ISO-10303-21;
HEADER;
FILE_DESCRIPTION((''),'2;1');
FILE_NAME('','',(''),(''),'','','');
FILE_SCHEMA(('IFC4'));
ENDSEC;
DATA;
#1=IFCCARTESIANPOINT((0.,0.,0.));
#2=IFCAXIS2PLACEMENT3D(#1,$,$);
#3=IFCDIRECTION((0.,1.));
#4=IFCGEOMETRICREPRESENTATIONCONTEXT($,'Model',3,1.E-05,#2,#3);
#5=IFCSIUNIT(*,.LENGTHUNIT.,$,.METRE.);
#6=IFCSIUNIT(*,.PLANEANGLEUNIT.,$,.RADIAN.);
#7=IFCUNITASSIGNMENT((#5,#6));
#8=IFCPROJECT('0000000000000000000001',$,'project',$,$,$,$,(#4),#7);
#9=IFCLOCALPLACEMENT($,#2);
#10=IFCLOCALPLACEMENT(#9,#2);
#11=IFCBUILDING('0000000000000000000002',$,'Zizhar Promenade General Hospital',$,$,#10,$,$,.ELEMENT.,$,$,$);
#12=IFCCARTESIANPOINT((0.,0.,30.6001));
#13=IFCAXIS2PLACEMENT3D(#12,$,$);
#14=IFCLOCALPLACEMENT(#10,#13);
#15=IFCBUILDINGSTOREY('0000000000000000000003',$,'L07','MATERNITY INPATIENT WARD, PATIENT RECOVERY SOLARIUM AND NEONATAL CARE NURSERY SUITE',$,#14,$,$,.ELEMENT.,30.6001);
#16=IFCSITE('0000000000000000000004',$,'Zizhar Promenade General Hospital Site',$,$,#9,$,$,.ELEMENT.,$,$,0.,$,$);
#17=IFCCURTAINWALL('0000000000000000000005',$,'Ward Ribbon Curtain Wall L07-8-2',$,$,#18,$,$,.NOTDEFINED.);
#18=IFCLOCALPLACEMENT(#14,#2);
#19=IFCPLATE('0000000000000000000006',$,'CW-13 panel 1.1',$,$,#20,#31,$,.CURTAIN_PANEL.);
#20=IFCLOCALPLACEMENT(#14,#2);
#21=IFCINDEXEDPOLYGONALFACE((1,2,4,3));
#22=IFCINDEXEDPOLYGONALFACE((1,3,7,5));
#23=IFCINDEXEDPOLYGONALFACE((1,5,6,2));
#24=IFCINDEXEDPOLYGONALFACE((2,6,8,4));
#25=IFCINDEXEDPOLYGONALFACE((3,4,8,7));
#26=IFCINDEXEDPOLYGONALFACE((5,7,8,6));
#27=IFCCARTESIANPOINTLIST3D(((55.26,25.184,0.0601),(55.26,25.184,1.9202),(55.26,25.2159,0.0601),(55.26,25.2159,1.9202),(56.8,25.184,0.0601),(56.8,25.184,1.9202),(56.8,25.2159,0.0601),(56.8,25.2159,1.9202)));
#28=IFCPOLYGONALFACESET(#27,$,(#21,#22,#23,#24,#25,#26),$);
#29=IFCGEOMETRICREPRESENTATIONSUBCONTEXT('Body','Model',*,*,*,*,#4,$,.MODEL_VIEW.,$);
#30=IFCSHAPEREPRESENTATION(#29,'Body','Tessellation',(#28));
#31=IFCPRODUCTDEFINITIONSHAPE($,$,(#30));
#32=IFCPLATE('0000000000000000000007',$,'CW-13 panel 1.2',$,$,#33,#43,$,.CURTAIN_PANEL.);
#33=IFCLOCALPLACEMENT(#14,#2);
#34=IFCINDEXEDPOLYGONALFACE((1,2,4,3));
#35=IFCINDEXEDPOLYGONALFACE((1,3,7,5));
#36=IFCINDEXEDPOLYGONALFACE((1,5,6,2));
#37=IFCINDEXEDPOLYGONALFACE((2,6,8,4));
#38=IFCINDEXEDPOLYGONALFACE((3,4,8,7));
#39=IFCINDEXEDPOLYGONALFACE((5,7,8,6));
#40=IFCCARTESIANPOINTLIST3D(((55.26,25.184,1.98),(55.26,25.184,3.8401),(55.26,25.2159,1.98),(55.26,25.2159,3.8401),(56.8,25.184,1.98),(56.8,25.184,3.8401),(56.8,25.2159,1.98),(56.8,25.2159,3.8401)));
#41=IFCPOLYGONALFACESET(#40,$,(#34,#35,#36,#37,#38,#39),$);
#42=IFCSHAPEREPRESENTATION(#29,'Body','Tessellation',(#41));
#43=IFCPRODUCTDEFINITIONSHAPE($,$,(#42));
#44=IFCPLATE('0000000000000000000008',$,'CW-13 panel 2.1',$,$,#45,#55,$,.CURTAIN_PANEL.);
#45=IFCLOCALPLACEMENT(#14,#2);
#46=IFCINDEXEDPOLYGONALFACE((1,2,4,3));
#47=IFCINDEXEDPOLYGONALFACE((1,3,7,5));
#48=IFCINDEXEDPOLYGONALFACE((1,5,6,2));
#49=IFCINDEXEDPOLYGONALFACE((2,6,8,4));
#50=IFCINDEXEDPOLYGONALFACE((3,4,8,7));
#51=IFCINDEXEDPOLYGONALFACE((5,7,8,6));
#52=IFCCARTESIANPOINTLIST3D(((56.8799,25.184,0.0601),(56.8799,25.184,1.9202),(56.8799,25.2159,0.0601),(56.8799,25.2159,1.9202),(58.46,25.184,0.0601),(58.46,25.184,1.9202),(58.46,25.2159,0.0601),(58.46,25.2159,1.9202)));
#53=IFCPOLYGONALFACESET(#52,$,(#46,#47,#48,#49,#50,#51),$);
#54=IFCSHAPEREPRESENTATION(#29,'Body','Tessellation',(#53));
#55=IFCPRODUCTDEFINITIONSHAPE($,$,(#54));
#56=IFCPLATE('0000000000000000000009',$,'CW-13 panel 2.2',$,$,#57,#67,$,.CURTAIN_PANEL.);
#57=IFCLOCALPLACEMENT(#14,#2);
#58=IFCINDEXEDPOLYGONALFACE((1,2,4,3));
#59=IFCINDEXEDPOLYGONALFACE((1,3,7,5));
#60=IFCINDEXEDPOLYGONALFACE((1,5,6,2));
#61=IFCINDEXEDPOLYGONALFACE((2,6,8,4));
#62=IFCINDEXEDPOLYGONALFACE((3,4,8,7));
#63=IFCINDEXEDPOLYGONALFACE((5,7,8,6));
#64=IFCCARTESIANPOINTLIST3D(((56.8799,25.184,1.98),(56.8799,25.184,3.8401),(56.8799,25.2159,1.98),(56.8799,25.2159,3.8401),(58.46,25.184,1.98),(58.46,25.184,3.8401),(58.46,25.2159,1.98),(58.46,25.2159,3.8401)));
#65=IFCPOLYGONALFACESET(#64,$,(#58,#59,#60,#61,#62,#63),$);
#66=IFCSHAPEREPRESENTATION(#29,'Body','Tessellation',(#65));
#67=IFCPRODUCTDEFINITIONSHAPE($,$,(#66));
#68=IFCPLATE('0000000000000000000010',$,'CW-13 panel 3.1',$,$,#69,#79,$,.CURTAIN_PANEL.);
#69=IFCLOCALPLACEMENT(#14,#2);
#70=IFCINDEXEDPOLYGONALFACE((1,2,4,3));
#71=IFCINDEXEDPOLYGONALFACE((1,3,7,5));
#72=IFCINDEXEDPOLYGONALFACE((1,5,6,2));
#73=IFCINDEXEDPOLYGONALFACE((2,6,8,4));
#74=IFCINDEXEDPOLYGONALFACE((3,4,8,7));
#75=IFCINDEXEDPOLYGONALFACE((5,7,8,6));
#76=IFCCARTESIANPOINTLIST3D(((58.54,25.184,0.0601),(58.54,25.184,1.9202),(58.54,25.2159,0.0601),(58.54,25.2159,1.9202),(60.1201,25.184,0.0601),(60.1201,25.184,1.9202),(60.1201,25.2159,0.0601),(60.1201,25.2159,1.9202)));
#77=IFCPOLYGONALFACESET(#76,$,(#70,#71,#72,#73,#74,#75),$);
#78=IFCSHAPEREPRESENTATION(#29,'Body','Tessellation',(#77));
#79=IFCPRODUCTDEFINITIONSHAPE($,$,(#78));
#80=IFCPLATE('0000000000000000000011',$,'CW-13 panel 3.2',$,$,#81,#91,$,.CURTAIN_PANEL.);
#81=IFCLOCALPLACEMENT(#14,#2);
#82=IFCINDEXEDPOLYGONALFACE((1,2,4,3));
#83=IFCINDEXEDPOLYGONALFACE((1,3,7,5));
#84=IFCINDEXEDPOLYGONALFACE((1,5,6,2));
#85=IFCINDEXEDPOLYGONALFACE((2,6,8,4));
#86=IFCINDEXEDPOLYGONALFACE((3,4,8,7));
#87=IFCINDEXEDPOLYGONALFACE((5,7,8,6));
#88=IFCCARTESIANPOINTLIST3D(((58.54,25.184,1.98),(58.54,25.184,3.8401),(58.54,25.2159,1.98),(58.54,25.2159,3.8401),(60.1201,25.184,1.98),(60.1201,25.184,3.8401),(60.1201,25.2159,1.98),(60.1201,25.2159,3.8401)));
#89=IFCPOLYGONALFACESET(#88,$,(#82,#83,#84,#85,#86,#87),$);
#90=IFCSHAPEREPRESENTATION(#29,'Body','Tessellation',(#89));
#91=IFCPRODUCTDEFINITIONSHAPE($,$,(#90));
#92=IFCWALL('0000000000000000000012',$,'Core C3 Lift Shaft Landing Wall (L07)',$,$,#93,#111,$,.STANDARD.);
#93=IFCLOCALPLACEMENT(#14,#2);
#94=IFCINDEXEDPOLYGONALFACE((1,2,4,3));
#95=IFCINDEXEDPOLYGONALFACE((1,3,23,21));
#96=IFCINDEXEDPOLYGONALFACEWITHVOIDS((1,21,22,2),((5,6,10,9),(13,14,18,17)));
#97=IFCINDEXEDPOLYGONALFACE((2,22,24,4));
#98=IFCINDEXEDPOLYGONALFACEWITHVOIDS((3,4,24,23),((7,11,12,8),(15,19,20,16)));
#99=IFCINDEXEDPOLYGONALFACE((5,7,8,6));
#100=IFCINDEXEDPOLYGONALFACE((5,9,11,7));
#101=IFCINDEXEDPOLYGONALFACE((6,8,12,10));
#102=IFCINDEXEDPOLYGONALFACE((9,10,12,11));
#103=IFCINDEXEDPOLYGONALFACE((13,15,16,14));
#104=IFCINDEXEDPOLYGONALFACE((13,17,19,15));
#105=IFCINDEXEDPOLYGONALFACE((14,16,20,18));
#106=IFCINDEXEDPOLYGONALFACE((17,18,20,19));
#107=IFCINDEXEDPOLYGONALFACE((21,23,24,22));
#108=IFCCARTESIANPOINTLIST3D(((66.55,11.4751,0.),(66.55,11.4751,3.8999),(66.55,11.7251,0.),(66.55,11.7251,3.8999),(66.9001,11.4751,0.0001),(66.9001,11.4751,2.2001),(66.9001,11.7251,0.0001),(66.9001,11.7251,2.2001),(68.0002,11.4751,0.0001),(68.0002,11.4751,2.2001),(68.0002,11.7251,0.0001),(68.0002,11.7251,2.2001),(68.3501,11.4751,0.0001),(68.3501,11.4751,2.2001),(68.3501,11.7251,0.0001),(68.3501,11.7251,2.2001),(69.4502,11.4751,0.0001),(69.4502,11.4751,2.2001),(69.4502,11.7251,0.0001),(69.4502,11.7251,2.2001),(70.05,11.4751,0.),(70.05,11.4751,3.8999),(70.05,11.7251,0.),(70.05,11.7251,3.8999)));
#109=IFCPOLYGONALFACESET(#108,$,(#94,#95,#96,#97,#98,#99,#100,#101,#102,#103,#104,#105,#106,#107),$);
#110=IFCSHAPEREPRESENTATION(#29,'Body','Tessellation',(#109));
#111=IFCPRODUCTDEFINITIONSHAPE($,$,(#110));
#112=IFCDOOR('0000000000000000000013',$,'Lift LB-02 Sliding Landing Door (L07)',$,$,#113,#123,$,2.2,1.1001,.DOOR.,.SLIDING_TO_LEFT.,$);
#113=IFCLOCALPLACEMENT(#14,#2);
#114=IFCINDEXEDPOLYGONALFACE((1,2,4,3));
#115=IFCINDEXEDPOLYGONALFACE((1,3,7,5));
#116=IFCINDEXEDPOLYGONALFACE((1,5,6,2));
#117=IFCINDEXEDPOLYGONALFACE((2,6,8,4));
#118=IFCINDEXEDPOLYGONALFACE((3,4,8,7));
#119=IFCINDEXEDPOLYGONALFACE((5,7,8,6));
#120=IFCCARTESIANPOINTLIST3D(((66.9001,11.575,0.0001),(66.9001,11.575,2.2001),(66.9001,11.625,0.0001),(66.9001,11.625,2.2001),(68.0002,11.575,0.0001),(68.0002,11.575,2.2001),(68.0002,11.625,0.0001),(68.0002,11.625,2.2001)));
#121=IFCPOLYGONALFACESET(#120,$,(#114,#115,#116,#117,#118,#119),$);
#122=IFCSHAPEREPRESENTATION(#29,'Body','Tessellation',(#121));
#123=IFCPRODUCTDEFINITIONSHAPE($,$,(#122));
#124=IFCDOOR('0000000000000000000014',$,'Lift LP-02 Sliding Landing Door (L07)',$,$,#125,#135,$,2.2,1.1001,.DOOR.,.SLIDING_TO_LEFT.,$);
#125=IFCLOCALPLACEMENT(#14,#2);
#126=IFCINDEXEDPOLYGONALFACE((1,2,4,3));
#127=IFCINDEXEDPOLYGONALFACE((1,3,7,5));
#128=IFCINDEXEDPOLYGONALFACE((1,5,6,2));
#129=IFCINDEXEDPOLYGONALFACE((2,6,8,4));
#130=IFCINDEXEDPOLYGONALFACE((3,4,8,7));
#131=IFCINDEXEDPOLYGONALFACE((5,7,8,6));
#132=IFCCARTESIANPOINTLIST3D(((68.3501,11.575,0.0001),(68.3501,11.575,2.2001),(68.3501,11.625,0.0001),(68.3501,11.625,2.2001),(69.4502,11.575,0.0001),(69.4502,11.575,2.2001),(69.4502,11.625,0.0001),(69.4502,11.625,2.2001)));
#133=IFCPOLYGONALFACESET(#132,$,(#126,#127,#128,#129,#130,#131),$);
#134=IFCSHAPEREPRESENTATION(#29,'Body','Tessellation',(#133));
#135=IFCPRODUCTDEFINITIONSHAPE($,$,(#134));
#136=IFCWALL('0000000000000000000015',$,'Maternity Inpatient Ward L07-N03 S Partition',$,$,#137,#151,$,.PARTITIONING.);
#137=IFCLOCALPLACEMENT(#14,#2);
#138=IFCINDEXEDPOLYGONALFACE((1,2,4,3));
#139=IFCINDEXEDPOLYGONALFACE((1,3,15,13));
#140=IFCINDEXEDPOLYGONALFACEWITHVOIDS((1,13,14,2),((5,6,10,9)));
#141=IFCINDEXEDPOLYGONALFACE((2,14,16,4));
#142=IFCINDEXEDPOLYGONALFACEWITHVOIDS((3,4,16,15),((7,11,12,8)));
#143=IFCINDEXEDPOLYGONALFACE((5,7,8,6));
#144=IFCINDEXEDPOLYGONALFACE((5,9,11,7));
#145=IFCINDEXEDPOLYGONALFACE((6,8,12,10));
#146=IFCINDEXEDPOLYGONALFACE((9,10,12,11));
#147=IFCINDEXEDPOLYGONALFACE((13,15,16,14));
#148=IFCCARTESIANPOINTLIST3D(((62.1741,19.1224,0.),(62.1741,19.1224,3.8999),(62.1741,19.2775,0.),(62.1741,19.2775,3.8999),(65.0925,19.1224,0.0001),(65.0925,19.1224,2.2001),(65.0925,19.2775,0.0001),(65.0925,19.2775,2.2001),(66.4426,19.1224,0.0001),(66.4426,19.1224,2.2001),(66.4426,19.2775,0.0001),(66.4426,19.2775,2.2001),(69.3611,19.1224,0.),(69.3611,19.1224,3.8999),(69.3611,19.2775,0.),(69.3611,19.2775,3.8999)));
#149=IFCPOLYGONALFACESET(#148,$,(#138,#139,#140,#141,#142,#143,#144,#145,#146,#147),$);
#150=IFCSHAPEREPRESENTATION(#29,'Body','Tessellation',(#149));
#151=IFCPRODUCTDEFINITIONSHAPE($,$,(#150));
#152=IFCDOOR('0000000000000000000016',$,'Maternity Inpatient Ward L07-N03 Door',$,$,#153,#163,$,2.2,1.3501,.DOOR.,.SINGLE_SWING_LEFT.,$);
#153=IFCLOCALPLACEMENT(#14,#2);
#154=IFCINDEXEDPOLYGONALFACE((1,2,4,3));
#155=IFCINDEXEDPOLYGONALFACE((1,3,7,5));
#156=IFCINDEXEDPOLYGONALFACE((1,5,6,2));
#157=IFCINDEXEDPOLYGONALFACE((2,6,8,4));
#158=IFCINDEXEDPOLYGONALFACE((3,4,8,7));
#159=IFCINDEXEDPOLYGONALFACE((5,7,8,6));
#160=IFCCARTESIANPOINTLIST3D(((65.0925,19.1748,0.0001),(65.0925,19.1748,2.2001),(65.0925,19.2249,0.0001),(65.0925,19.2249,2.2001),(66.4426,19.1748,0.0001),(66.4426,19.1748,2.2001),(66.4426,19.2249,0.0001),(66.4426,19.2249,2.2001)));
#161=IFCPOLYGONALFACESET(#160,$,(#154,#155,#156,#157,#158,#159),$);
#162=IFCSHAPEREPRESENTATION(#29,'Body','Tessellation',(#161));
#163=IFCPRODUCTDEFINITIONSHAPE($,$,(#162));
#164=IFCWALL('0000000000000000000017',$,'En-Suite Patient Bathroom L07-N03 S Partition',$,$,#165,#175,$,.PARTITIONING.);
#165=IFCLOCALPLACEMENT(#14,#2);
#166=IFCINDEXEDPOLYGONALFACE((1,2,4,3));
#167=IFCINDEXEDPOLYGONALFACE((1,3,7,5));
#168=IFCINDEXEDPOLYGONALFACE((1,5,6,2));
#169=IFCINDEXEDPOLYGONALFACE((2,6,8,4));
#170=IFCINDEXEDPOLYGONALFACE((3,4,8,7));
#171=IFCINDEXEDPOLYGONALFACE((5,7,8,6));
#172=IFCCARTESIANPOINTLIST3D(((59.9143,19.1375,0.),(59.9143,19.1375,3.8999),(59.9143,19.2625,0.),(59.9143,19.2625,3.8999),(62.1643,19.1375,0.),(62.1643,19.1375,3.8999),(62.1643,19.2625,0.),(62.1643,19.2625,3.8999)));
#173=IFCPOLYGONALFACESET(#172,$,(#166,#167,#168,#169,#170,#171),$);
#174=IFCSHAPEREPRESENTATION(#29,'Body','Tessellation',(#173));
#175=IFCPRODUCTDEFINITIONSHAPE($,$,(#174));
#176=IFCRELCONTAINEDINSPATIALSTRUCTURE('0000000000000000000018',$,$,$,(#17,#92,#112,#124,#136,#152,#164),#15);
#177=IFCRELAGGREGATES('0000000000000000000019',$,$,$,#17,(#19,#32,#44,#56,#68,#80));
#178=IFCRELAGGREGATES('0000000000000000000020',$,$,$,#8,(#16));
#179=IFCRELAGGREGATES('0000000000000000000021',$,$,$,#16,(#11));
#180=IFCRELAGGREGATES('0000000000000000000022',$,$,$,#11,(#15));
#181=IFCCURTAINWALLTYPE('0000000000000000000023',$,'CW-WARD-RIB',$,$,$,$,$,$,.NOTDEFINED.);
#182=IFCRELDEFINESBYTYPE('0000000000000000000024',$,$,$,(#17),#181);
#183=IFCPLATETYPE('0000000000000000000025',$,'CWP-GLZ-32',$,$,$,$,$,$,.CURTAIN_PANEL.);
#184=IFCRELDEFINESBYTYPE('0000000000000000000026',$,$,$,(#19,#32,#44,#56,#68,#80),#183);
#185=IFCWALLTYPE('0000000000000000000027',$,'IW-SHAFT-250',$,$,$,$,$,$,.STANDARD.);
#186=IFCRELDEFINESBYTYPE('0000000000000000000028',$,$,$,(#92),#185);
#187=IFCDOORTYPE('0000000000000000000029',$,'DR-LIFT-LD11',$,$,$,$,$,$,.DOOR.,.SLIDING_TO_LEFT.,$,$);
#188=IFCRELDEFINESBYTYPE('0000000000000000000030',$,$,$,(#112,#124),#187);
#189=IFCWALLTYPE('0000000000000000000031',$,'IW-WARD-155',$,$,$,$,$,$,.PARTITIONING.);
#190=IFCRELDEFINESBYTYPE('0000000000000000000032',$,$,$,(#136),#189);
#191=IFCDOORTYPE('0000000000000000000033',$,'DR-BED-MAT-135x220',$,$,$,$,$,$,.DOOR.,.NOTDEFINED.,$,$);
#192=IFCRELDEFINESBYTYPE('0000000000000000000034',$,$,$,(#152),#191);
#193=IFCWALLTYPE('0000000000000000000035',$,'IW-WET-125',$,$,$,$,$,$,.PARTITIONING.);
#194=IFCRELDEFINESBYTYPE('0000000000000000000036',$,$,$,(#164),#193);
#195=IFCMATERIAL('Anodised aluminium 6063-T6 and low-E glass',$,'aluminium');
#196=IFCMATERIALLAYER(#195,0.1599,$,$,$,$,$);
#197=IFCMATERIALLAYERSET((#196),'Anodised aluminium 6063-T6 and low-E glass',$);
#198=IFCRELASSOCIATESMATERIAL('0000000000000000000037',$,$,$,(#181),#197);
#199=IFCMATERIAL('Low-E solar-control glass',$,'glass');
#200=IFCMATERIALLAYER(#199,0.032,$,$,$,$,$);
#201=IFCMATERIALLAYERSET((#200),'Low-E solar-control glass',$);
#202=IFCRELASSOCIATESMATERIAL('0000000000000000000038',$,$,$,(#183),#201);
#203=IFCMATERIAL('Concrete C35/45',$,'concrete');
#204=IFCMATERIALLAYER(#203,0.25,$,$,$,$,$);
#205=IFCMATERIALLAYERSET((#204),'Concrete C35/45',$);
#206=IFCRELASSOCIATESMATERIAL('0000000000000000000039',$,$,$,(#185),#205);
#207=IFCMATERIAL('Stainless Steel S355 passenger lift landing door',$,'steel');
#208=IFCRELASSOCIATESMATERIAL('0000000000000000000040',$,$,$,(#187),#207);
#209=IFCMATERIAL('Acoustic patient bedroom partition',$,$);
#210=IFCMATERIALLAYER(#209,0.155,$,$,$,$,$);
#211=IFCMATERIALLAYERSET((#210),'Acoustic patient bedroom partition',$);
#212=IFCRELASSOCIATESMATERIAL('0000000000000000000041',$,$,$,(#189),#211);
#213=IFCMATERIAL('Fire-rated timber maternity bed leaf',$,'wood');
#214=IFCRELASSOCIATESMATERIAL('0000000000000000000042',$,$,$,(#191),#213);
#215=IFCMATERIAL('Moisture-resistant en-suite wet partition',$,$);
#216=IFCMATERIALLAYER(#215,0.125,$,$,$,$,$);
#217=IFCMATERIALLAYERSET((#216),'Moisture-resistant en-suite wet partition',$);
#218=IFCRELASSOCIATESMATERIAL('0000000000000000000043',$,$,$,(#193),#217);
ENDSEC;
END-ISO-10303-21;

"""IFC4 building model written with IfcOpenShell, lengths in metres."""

from ifc_helpers import new_model, si_unit, direction, frame, frame_2d, origin, origin_2d, place, context, subcontext, project, spatial, rectangle, extrude, material, layer, layer_set, type_object, element, fill, aggregate, save


model = new_model("IFC4")

# Units and contexts
model_context = context("Model", 3, precision=1e-05, world=origin(), true_north=direction((0.0, 1.0)))
body_context = subcontext(model_context, "Body", "Model", "MODEL_VIEW")
ifc_project = project(units=[si_unit("LENGTHUNIT", "METRE"), si_unit("PLANEANGLEUNIT", "RADIAN")], contexts=[model_context])

# Site, building, storey
site_placement = place(None, origin())
site = spatial("IfcSite", under=ifc_project, at=site_placement, Name="Zizhar Promenade General Hospital Site", CompositionType="ELEMENT", RefElevation=0.0)
building_placement = place(site_placement, origin())
building = spatial("IfcBuilding", under=site, at=building_placement, Name="Zizhar Promenade General Hospital", CompositionType="ELEMENT")
storey_placement = place(building_placement, frame((0.0, 0.0, 30.6001)))
storey = spatial("IfcBuildingStorey", under=building, at=storey_placement, Name="L07", Description="MATERNITY INPATIENT WARD, PATIENT RECOVERY SOLARIUM AND NEONATAL CARE NURSERY SUITE", CompositionType="ELEMENT", Elevation=30.6001)

# Curtain wall, plates
ifc_material_1 = material(Name="Anodised aluminium 6063-T6 and low-E glass", Category="aluminium")
ifc_layer_1 = layer(ifc_material_1, 0.1599)
ifc_layer_set_1 = layer_set([ifc_layer_1], Name="Anodised aluminium 6063-T6 and low-E glass")
curtain_wall_type = type_object("IfcCurtainWallType", Name="CW-WARD-RIB", PredefinedType="NOTDEFINED", material=ifc_layer_set_1)
curtain_wall_placement = place(storey_placement, origin())
curtain_wall = element("IfcCurtainWall", 1, at=curtain_wall_placement, inside=storey, type_object=curtain_wall_type, Name="Ward Ribbon Curtain Wall L07-8-2", PredefinedType="NOTDEFINED")
ifc_material_2 = material(Name="Low-E solar-control glass", Category="glass")
ifc_layer_2 = layer(ifc_material_2, 0.032)
ifc_layer_set_2 = layer_set([ifc_layer_2], Name="Low-E solar-control glass")
plate_type = type_object("IfcPlateType", Name="CWP-GLZ-32", PredefinedType="CURTAIN_PANEL", material=ifc_layer_set_2)
plate_1_placement = place(storey_placement, frame((56.03, 25.2, 0.0601), z_axis=(0.0, 0.0, 1.0), x_axis=(1.0, 0.0, 0.0)))
plate_1 = element("IfcPlate", 2, at=plate_1_placement, type_object=plate_type, Name="CW-13 panel 1.1", PredefinedType="CURTAIN_PANEL", context=body_context, shape_type="SweptSolid", body=[
    extrude(rectangle(XDim=1.54, YDim=0.032, at=origin_2d()), origin(), (0.0, 0.0, 1.0), 1.8601),
])
plate_2_placement = place(storey_placement, frame((56.03, 25.2, 1.98), z_axis=(0.0, 0.0, 1.0), x_axis=(1.0, 0.0, 0.0)))
plate_2 = element("IfcPlate", 3, at=plate_2_placement, type_object=plate_type, Name="CW-13 panel 1.2", PredefinedType="CURTAIN_PANEL", context=body_context, shape_type="SweptSolid", body=[
    extrude(rectangle(XDim=1.54, YDim=0.032, at=origin_2d()), origin(), (0.0, 0.0, 1.0), 1.8601),
])
plate_3_placement = place(storey_placement, frame((57.6699, 25.2, 0.0601), z_axis=(0.0, 0.0, 1.0), x_axis=(1.0, 0.0, 0.0)))
plate_3 = element("IfcPlate", 4, at=plate_3_placement, type_object=plate_type, Name="CW-13 panel 2.1", PredefinedType="CURTAIN_PANEL", context=body_context, shape_type="SweptSolid", body=[
    extrude(rectangle(XDim=1.5801, YDim=0.032, at=origin_2d()), origin(), (0.0, 0.0, 1.0), 1.8601),
])
plate_4_placement = place(storey_placement, frame((57.6699, 25.2, 1.98), z_axis=(0.0, 0.0, 1.0), x_axis=(1.0, 0.0, 0.0)))
plate_4 = element("IfcPlate", 5, at=plate_4_placement, type_object=plate_type, Name="CW-13 panel 2.2", PredefinedType="CURTAIN_PANEL", context=body_context, shape_type="SweptSolid", body=[
    extrude(rectangle(XDim=1.5801, YDim=0.032, at=origin_2d()), origin(), (0.0, 0.0, 1.0), 1.8601),
])
plate_5_placement = place(storey_placement, frame((59.3301, 25.2, 0.0601), z_axis=(0.0, 0.0, 1.0), x_axis=(1.0, 0.0, 0.0)))
plate_5 = element("IfcPlate", 6, at=plate_5_placement, type_object=plate_type, Name="CW-13 panel 3.1", PredefinedType="CURTAIN_PANEL", context=body_context, shape_type="SweptSolid", body=[
    extrude(rectangle(XDim=1.5801, YDim=0.032, at=origin_2d()), origin(), (0.0, 0.0, 1.0), 1.8601),
])
plate_6_placement = place(storey_placement, frame((59.3301, 25.2, 1.98), z_axis=(0.0, 0.0, 1.0), x_axis=(1.0, 0.0, 0.0)))
plate_6 = element("IfcPlate", 7, at=plate_6_placement, type_object=plate_type, Name="CW-13 panel 3.2", PredefinedType="CURTAIN_PANEL", context=body_context, shape_type="SweptSolid", body=[
    extrude(rectangle(XDim=1.5801, YDim=0.032, at=origin_2d()), origin(), (0.0, 0.0, 1.0), 1.8601),
])
aggregate(curtain_wall, [plate_1, plate_2, plate_3, plate_4, plate_5, plate_6])

# Wall, openings, doors
ifc_material_3 = material(Name="Concrete C35/45", Category="concrete")
ifc_layer_3 = layer(ifc_material_3, 0.25)
ifc_layer_set_3 = layer_set([ifc_layer_3], Name="Concrete C35/45")
wall_type_1 = type_object("IfcWallType", Name="IW-SHAFT-250", PredefinedType="STANDARD", material=ifc_layer_set_3)
wall_1_placement = place(storey_placement, frame((66.55, 11.6001, 0.0), z_axis=(0.0, 0.0, 1.0), x_axis=(1.0, 0.0, 0.0)))
wall_1 = element("IfcWall", 8, at=wall_1_placement, inside=storey, type_object=wall_type_1, Name="Core C3 Lift Shaft Landing Wall (L07)", PredefinedType="STANDARD", context=body_context, shape_type="SweptSolid", body=[
    extrude(rectangle(XDim=3.5, YDim=0.25, at=frame_2d((1.75, 0.0))), origin(), (0.0, 0.0, 1.0), 3.8999),
])
opening_1_placement = place(wall_1_placement, frame((0.3501, 0.0, 0.0)))
opening_1 = element("IfcOpeningElement", 9, at=opening_1_placement, cuts=wall_1, PredefinedType="OPENING", context=body_context, shape_type="SweptSolid", body=[
    extrude(rectangle(XDim=1.1001, YDim=2.2, at=frame_2d((0.55, 1.1001))), frame((0.0, 0.135, 0.0), z_axis=(0.0, -1.0, 0.0), x_axis=(1.0, 0.0, 0.0)), (0.0, 0.0, 1.0), 0.27),
])
opening_2_placement = place(wall_1_placement, frame((1.8, 0.0, 0.0)))
opening_2 = element("IfcOpeningElement", 10, at=opening_2_placement, cuts=wall_1, PredefinedType="OPENING", context=body_context, shape_type="SweptSolid", body=[
    extrude(rectangle(XDim=1.1001, YDim=2.2, at=frame_2d((0.55, 1.1001))), frame((0.0, 0.135, 0.0), z_axis=(0.0, -1.0, 0.0), x_axis=(1.0, 0.0, 0.0)), (0.0, 0.0, 1.0), 0.27),
])
ifc_material_4 = material(Name="Stainless Steel S355 passenger lift landing door", Category="steel")
door_type_1 = type_object("IfcDoorType", Name="DR-LIFT-LD11", OperationType="SLIDING_TO_LEFT", PredefinedType="DOOR", material=ifc_material_4)
door_1_placement = place(opening_1_placement, origin())
door_1 = element("IfcDoor", 11, at=door_1_placement, inside=storey, type_object=door_type_1, Name="Lift LB-02 Sliding Landing Door (L07)", OperationType="SLIDING_TO_LEFT", OverallHeight=2.2, OverallWidth=1.1001, PredefinedType="DOOR", context=body_context, shape_type="SweptSolid", body=[
    extrude(rectangle(XDim=1.1001, YDim=2.2, at=frame_2d((0.55, 1.1001))), frame((0.0, 0.0249, 0.0), z_axis=(0.0, -1.0, 0.0), x_axis=(1.0, 0.0, 0.0)), (0.0, 0.0, 1.0), 0.05),
])
fill(opening_1, door_1)
door_2_placement = place(opening_2_placement, origin())
door_2 = element("IfcDoor", 12, at=door_2_placement, inside=storey, type_object=door_type_1, Name="Lift LP-02 Sliding Landing Door (L07)", OperationType="SLIDING_TO_LEFT", OverallHeight=2.2, OverallWidth=1.1001, PredefinedType="DOOR", context=body_context, shape_type="SweptSolid", body=[
    extrude(rectangle(XDim=1.1001, YDim=2.2, at=frame_2d((0.55, 1.1001))), frame((0.0, 0.0249, 0.0), z_axis=(0.0, -1.0, 0.0), x_axis=(1.0, 0.0, 0.0)), (0.0, 0.0, 1.0), 0.05),
])
fill(opening_2, door_2)

# Wall, opening, door
ifc_material_5 = material(Name="Acoustic patient bedroom partition")
ifc_layer_4 = layer(ifc_material_5, 0.155)
ifc_layer_set_4 = layer_set([ifc_layer_4], Name="Acoustic patient bedroom partition")
wall_type_2 = type_object("IfcWallType", Name="IW-WARD-155", PredefinedType="PARTITIONING", material=ifc_layer_set_4)
wall_2_placement = place(storey_placement, frame((62.1741, 19.2, 0.0), z_axis=(0.0, 0.0, 1.0), x_axis=(1.0, 0.0, 0.0)))
wall_2 = element("IfcWall", 13, at=wall_2_placement, inside=storey, type_object=wall_type_2, Name="Maternity Inpatient Ward L07-N03 S Partition", PredefinedType="PARTITIONING", context=body_context, shape_type="SweptSolid", body=[
    extrude(rectangle(XDim=7.187, YDim=0.155, at=frame_2d((3.5935, 0.0))), origin(), (0.0, 0.0, 1.0), 3.8999),
])
opening_3_placement = place(wall_2_placement, frame((2.9185, 0.0, 0.0)))
opening_3 = element("IfcOpeningElement", 14, at=opening_3_placement, cuts=wall_2, PredefinedType="OPENING", context=body_context, shape_type="SweptSolid", body=[
    extrude(rectangle(XDim=1.3501, YDim=2.2, at=frame_2d((0.675, 1.1001))), frame((0.0, 0.0874, 0.0), z_axis=(0.0, -1.0, 0.0), x_axis=(1.0, 0.0, 0.0)), (0.0, 0.0, 1.0), 0.175),
])
ifc_material_6 = material(Name="Fire-rated timber maternity bed leaf", Category="wood")
door_type_2 = type_object("IfcDoorType", Name="DR-BED-MAT-135x220", OperationType="NOTDEFINED", PredefinedType="DOOR", material=ifc_material_6)
door_3_placement = place(opening_3_placement, origin())
door_3 = element("IfcDoor", 15, at=door_3_placement, inside=storey, type_object=door_type_2, Name="Maternity Inpatient Ward L07-N03 Door", OperationType="SINGLE_SWING_LEFT", OverallHeight=2.2, OverallWidth=1.3501, PredefinedType="DOOR", context=body_context, shape_type="SweptSolid", body=[
    extrude(rectangle(XDim=1.3501, YDim=2.2, at=frame_2d((0.675, 1.1001))), frame((0.0, 0.0249, 0.0), z_axis=(0.0, -1.0, 0.0), x_axis=(1.0, 0.0, 0.0)), (0.0, 0.0, 1.0), 0.05),
])
fill(opening_3, door_3)

# Wall
ifc_material_7 = material(Name="Moisture-resistant en-suite wet partition")
ifc_layer_5 = layer(ifc_material_7, 0.125)
ifc_layer_set_5 = layer_set([ifc_layer_5], Name="Moisture-resistant en-suite wet partition")
wall_type_3 = type_object("IfcWallType", Name="IW-WET-125", PredefinedType="PARTITIONING", material=ifc_layer_set_5)
wall_3_placement = place(storey_placement, frame((59.9143, 19.2, 0.0), z_axis=(0.0, 0.0, 1.0), x_axis=(1.0, 0.0, 0.0)))
element("IfcWall", 16, at=wall_3_placement, inside=storey, type_object=wall_type_3, Name="En-Suite Patient Bathroom L07-N03 S Partition", PredefinedType="PARTITIONING", context=body_context, shape_type="SweptSolid", body=[
    extrude(rectangle(XDim=2.25, YDim=0.125, at=frame_2d((1.125, 0.0))), origin(), (0.0, 0.0, 1.0), 3.8999),
])

save(model, "model.ifc")
